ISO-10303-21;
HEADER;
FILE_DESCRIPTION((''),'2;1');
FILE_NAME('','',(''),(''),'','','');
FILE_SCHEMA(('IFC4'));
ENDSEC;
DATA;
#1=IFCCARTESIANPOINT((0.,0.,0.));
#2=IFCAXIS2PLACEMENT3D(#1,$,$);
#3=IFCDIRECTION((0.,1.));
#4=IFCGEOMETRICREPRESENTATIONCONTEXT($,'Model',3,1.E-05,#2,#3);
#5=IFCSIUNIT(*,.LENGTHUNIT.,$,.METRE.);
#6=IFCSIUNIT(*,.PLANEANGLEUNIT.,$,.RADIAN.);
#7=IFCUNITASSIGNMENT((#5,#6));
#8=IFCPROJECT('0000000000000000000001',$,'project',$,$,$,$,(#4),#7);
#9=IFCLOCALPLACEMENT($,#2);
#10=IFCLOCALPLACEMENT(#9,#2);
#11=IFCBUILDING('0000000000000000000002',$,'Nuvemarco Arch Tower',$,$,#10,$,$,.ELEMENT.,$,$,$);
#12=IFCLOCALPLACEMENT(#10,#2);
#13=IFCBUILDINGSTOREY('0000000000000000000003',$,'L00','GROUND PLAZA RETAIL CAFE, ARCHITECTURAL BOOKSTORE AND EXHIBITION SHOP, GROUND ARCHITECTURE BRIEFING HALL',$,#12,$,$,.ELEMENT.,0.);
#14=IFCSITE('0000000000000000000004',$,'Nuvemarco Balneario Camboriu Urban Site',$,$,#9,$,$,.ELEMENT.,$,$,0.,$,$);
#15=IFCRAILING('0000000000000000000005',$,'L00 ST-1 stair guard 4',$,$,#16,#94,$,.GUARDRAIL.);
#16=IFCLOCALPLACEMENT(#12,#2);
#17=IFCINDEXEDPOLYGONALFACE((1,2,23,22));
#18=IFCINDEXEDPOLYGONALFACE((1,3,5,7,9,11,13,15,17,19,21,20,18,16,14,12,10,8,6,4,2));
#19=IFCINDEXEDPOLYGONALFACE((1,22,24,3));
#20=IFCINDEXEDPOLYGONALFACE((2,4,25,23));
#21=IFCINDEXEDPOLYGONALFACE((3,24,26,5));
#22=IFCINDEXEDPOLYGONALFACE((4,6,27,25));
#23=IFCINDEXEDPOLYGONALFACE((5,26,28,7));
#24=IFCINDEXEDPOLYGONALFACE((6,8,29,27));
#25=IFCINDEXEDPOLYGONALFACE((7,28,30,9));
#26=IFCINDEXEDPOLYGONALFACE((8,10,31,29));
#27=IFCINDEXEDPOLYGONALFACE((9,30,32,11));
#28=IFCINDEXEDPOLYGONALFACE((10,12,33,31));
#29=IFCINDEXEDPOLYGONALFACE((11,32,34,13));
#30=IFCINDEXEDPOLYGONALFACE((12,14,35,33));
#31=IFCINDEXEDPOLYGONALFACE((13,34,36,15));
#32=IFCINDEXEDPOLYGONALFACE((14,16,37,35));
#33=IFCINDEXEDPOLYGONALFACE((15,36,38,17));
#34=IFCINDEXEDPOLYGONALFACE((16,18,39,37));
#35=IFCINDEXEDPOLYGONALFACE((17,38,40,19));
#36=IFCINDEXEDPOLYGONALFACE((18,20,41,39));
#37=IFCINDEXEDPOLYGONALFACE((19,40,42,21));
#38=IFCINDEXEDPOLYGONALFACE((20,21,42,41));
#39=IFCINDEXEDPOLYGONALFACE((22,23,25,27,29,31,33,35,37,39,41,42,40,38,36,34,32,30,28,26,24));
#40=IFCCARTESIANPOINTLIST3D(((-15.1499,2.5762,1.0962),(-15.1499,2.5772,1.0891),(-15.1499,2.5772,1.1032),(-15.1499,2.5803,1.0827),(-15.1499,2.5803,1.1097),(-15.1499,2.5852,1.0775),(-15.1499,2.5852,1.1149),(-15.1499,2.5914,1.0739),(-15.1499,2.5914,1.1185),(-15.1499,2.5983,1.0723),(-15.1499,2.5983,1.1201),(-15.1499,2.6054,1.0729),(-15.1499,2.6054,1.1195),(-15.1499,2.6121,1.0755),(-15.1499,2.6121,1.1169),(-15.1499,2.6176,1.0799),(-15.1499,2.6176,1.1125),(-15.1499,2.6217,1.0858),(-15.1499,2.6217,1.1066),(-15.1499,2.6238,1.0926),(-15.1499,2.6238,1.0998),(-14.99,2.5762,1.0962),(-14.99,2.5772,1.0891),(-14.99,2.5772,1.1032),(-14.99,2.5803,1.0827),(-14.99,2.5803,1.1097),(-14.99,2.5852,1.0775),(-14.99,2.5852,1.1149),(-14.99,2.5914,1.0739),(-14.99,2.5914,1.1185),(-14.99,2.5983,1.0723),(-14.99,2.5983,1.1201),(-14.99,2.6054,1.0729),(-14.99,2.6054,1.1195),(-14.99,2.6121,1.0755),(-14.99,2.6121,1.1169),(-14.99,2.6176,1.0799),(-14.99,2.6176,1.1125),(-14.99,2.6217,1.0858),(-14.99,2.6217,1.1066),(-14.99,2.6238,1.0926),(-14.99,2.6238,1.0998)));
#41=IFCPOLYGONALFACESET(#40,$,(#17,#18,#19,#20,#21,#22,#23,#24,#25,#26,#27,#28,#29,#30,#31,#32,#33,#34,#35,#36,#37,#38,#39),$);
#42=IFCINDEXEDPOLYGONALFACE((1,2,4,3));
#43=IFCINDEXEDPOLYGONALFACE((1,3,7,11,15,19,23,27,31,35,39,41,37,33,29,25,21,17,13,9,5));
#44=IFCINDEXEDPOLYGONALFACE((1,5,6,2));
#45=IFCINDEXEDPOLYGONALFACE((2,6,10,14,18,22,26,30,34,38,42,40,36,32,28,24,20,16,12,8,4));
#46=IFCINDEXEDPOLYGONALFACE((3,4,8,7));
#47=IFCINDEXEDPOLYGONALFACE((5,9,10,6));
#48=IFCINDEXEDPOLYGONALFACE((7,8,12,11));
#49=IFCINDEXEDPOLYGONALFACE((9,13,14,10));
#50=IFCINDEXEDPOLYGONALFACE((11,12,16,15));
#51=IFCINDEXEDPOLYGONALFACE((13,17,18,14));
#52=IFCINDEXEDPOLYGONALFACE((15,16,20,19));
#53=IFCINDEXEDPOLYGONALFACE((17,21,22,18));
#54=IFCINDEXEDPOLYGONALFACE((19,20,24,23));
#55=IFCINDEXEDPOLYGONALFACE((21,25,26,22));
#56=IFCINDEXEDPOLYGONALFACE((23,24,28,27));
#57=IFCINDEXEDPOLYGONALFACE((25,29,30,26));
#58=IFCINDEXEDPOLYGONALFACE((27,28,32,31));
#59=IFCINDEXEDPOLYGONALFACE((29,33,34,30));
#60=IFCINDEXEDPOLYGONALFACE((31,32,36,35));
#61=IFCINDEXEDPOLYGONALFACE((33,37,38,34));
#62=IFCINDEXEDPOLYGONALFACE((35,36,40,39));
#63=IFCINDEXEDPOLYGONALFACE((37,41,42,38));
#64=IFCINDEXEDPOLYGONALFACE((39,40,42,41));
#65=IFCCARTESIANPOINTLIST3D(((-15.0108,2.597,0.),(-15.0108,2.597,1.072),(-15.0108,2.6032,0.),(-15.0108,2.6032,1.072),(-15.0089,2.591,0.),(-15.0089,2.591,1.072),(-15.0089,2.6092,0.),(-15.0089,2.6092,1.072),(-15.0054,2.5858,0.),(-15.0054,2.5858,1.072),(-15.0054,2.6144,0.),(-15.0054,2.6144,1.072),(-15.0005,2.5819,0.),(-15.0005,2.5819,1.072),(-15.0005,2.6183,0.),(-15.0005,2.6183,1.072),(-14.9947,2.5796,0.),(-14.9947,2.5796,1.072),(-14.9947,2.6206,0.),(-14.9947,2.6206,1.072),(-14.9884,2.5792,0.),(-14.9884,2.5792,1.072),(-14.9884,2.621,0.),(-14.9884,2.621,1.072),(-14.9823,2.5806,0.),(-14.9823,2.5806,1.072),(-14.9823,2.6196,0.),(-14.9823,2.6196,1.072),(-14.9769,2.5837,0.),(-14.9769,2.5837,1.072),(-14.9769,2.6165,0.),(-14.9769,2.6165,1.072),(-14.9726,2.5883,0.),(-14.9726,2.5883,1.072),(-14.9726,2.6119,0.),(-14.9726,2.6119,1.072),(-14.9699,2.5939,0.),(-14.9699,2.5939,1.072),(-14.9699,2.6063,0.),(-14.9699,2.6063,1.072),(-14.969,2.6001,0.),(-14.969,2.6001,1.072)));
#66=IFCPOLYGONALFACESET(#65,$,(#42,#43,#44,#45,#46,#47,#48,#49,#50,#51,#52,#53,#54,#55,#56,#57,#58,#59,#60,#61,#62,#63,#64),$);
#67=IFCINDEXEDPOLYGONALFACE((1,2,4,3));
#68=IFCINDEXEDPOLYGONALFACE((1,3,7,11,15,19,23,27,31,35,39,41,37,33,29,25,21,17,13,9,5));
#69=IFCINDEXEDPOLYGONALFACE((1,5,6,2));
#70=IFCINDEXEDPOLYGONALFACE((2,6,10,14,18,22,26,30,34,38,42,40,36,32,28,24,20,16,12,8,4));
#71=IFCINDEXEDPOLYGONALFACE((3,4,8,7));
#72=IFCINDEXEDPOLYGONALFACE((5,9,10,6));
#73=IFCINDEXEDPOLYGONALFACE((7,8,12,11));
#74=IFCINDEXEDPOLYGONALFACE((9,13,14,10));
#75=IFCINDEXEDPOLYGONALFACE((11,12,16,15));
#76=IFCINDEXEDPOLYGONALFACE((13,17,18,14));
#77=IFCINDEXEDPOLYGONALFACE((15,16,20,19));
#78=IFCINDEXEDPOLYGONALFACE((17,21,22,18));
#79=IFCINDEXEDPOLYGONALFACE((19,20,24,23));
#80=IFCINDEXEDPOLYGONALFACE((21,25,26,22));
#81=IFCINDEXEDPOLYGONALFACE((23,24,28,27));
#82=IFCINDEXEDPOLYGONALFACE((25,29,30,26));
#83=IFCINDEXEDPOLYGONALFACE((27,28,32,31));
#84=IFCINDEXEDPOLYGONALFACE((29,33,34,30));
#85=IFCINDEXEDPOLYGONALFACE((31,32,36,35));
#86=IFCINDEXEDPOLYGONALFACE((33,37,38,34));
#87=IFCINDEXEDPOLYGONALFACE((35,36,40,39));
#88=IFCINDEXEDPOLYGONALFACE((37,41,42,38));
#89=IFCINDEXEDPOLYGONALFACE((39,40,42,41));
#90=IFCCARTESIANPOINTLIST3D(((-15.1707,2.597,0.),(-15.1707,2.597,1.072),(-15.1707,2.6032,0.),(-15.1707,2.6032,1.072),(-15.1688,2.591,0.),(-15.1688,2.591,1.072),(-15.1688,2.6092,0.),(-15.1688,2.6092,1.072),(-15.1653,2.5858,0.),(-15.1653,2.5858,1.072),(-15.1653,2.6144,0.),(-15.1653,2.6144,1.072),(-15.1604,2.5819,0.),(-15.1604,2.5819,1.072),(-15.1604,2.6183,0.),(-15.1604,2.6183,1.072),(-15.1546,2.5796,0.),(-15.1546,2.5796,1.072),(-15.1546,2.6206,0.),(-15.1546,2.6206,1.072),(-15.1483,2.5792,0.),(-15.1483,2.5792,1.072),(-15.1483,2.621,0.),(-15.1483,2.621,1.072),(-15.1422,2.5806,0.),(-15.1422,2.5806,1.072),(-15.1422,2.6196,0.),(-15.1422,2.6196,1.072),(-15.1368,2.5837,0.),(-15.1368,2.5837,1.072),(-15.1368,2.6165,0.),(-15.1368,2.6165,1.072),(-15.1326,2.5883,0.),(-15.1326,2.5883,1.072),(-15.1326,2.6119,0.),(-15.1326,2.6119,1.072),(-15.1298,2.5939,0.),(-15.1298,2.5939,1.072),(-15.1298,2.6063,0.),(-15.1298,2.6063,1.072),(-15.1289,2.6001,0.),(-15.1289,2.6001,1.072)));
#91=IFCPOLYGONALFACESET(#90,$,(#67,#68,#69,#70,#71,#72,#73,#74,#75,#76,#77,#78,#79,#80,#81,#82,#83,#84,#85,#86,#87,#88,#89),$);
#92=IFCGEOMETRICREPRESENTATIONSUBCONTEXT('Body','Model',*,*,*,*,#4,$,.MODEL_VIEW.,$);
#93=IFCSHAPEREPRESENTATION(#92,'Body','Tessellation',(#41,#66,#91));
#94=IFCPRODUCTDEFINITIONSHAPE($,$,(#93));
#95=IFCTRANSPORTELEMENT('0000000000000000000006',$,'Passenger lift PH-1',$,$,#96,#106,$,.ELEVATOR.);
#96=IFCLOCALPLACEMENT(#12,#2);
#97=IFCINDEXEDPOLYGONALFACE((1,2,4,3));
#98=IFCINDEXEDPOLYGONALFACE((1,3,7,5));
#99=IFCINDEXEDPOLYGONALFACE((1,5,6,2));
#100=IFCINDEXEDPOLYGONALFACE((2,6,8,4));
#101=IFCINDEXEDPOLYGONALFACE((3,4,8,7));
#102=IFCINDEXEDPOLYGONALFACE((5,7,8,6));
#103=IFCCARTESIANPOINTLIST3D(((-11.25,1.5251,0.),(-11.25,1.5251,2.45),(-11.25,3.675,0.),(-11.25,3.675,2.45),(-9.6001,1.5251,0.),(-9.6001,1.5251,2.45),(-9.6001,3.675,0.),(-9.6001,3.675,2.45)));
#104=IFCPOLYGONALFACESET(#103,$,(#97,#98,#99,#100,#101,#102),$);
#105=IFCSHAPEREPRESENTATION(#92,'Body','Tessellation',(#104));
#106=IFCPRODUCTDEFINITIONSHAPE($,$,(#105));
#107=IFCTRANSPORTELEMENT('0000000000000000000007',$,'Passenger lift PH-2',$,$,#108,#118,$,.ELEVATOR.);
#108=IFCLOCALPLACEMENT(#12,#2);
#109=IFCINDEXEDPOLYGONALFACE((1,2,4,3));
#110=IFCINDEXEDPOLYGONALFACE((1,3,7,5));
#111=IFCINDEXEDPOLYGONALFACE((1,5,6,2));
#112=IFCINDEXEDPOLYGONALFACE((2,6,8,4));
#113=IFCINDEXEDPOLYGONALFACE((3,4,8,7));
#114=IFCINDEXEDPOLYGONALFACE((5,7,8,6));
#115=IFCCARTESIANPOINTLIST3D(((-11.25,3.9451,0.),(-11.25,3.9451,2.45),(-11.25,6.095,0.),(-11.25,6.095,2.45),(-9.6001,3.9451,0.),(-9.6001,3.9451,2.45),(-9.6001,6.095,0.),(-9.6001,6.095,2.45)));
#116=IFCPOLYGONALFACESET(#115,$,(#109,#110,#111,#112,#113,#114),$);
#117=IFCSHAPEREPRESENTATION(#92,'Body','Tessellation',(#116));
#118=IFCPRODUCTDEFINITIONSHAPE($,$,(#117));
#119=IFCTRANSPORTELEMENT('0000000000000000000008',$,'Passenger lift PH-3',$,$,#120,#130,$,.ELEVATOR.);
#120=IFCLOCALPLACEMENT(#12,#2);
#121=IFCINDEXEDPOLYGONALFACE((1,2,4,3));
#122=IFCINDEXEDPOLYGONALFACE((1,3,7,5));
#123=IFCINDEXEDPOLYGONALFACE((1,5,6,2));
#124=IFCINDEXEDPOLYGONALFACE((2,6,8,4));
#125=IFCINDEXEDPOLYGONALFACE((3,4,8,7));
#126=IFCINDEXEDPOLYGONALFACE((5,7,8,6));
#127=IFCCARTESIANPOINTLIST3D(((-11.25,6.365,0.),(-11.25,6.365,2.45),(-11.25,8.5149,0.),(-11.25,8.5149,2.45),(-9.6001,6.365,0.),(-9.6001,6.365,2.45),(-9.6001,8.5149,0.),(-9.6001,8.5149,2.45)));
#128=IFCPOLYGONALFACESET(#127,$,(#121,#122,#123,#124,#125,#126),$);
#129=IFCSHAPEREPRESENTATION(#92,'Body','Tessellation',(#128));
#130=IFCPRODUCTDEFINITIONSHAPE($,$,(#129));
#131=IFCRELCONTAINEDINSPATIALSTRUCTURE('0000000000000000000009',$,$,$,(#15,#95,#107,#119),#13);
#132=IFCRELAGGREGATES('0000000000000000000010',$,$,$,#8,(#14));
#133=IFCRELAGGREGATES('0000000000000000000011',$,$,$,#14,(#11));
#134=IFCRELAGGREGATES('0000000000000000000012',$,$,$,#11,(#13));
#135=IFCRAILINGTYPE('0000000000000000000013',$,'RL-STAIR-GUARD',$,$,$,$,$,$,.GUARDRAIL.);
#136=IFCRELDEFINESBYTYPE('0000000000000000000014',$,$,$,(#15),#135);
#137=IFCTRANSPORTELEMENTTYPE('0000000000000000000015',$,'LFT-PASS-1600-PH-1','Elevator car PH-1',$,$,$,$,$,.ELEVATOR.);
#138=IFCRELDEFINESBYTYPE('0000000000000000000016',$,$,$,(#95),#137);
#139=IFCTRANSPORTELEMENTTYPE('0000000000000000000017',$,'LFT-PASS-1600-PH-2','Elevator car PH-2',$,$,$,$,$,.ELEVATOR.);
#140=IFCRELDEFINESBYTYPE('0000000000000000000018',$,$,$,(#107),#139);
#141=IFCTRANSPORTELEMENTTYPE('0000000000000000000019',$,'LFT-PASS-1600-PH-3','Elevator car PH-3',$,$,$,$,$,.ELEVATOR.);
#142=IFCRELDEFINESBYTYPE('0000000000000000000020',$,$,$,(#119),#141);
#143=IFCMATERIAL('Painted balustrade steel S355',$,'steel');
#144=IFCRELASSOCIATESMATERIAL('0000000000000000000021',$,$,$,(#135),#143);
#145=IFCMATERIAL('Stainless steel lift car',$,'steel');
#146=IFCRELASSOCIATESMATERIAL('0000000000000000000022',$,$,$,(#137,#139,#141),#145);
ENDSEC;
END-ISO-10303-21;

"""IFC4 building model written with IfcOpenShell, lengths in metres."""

from ifc_helpers import new_model, si_unit, direction, frame, origin, origin_2d, place, context, subcontext, project, spatial, rectangle, circle, extrude, source, transform, mapped, material, type_object, type_shapes, element, save


model = new_model("IFC4")

# Units and contexts
model_context = context("Model", 3, precision=1e-05, world=origin(), true_north=direction((0.0, 1.0)))
body_context = subcontext(model_context, "Body", "Model", "MODEL_VIEW")
ifc_project = project(units=[si_unit("LENGTHUNIT", "METRE"), si_unit("PLANEANGLEUNIT", "RADIAN")], contexts=[model_context])

# Site, building, storey
site_placement = place(None, origin())
site = spatial("IfcSite", under=ifc_project, at=site_placement, Name="Nuvemarco Balneario Camboriu Urban Site", CompositionType="ELEMENT", RefElevation=0.0)
building_placement = place(site_placement, origin())
building = spatial("IfcBuilding", under=site, at=building_placement, Name="Nuvemarco Arch Tower", CompositionType="ELEMENT")
storey_placement = place(building_placement, origin())
storey = spatial("IfcBuildingStorey", under=building, at=storey_placement, Name="L00", Description="GROUND PLAZA RETAIL CAFE, ARCHITECTURAL BOOKSTORE AND EXHIBITION SHOP, GROUND ARCHITECTURE BRIEFING HALL", CompositionType="ELEMENT", Elevation=0.0)

# Railing
ifc_material_1 = material(Name="Painted balustrade steel S355", Category="steel")
railing_type_1 = type_object("IfcRailingType", Name="RL-STAIR-GUARD", PredefinedType="GUARDRAIL", material=ifc_material_1)
railing_1_placement = place(storey_placement, frame((-14.99, 2.6001, 0.0)))
element("IfcRailing", 1, at=railing_1_placement, inside=storey, type_object=railing_type_1, Name="L00 ST-1 stair guard 4", PredefinedType="GUARDRAIL", context=body_context, shape_type="SweptSolid", body=[
    extrude(circle(Radius=0.0239, at=origin_2d()), frame((0.0, 0.0, 1.0962), z_axis=(-1.0, 0.0, 0.0), x_axis=(0.0, -1.0, 0.0)), (0.0, 0.0, 1.0), 0.1599),
    extrude(circle(Radius=0.021, at=origin_2d()), origin(), (0.0, 0.0, 1.0), 1.072),
    extrude(circle(Radius=0.021, at=origin_2d()), frame((-0.1599, 0.0, 0.0)), (0.0, 0.0, 1.0), 1.072),
])

# Transport elements
ifc_material_2 = material(Name="Stainless steel lift car", Category="steel")
transport_element_type_1 = type_object("IfcTransportElementType", Name="LFT-PASS-1600-PH-1", Description="Elevator car PH-1", PredefinedType="ELEVATOR", material=ifc_material_2)
shared_shape_1 = source(origin(), body_context, "Body", "SweptSolid", [
    extrude(rectangle(XDim=1.6499, YDim=2.1499, at=origin_2d()), origin(), (0.0, 0.0, 1.0), 2.45),
])
type_shapes(transport_element_type_1, [shared_shape_1])
transport_element_1_placement = place(storey_placement, frame((-10.425, 2.6001, 0.0), z_axis=(0.0, 0.0, 1.0), x_axis=(1.0, 0.0, 0.0)))
element("IfcTransportElement", 2, at=transport_element_1_placement, inside=storey, type_object=transport_element_type_1, Name="Passenger lift PH-1", PredefinedType="ELEVATOR", context=body_context, shape_type="MappedRepresentation", body=[
    mapped(shared_shape_1, transform((0.0, 0.0, 0.0), scale=1.0)),
])
transport_element_type_2 = type_object("IfcTransportElementType", Name="LFT-PASS-1600-PH-2", Description="Elevator car PH-2", PredefinedType="ELEVATOR", material=ifc_material_2)
shared_shape_2 = source(origin(), body_context, "Body", "SweptSolid", [
    extrude(rectangle(XDim=1.6499, YDim=2.1499, at=origin_2d()), origin(), (0.0, 0.0, 1.0), 2.45),
])
type_shapes(transport_element_type_2, [shared_shape_2])
transport_element_2_placement = place(storey_placement, frame((-10.425, 5.02, 0.0), z_axis=(0.0, 0.0, 1.0), x_axis=(1.0, 0.0, 0.0)))
element("IfcTransportElement", 3, at=transport_element_2_placement, inside=storey, type_object=transport_element_type_2, Name="Passenger lift PH-2", PredefinedType="ELEVATOR", context=body_context, shape_type="MappedRepresentation", body=[
    mapped(shared_shape_2, transform((0.0, 0.0, 0.0), scale=1.0)),
])
transport_element_type_3 = type_object("IfcTransportElementType", Name="LFT-PASS-1600-PH-3", Description="Elevator car PH-3", PredefinedType="ELEVATOR", material=ifc_material_2)
shared_shape_3 = source(origin(), body_context, "Body", "SweptSolid", [
    extrude(rectangle(XDim=1.6499, YDim=2.1499, at=origin_2d()), origin(), (0.0, 0.0, 1.0), 2.45),
])
type_shapes(transport_element_type_3, [shared_shape_3])
transport_element_3_placement = place(storey_placement, frame((-10.425, 7.4399, 0.0), z_axis=(0.0, 0.0, 1.0), x_axis=(1.0, 0.0, 0.0)))
element("IfcTransportElement", 4, at=transport_element_3_placement, inside=storey, type_object=transport_element_type_3, Name="Passenger lift PH-3", PredefinedType="ELEVATOR", context=body_context, shape_type="MappedRepresentation", body=[
    mapped(shared_shape_3, transform((0.0, 0.0, 0.0), scale=1.0)),
])

save(model, "model.ifc")
